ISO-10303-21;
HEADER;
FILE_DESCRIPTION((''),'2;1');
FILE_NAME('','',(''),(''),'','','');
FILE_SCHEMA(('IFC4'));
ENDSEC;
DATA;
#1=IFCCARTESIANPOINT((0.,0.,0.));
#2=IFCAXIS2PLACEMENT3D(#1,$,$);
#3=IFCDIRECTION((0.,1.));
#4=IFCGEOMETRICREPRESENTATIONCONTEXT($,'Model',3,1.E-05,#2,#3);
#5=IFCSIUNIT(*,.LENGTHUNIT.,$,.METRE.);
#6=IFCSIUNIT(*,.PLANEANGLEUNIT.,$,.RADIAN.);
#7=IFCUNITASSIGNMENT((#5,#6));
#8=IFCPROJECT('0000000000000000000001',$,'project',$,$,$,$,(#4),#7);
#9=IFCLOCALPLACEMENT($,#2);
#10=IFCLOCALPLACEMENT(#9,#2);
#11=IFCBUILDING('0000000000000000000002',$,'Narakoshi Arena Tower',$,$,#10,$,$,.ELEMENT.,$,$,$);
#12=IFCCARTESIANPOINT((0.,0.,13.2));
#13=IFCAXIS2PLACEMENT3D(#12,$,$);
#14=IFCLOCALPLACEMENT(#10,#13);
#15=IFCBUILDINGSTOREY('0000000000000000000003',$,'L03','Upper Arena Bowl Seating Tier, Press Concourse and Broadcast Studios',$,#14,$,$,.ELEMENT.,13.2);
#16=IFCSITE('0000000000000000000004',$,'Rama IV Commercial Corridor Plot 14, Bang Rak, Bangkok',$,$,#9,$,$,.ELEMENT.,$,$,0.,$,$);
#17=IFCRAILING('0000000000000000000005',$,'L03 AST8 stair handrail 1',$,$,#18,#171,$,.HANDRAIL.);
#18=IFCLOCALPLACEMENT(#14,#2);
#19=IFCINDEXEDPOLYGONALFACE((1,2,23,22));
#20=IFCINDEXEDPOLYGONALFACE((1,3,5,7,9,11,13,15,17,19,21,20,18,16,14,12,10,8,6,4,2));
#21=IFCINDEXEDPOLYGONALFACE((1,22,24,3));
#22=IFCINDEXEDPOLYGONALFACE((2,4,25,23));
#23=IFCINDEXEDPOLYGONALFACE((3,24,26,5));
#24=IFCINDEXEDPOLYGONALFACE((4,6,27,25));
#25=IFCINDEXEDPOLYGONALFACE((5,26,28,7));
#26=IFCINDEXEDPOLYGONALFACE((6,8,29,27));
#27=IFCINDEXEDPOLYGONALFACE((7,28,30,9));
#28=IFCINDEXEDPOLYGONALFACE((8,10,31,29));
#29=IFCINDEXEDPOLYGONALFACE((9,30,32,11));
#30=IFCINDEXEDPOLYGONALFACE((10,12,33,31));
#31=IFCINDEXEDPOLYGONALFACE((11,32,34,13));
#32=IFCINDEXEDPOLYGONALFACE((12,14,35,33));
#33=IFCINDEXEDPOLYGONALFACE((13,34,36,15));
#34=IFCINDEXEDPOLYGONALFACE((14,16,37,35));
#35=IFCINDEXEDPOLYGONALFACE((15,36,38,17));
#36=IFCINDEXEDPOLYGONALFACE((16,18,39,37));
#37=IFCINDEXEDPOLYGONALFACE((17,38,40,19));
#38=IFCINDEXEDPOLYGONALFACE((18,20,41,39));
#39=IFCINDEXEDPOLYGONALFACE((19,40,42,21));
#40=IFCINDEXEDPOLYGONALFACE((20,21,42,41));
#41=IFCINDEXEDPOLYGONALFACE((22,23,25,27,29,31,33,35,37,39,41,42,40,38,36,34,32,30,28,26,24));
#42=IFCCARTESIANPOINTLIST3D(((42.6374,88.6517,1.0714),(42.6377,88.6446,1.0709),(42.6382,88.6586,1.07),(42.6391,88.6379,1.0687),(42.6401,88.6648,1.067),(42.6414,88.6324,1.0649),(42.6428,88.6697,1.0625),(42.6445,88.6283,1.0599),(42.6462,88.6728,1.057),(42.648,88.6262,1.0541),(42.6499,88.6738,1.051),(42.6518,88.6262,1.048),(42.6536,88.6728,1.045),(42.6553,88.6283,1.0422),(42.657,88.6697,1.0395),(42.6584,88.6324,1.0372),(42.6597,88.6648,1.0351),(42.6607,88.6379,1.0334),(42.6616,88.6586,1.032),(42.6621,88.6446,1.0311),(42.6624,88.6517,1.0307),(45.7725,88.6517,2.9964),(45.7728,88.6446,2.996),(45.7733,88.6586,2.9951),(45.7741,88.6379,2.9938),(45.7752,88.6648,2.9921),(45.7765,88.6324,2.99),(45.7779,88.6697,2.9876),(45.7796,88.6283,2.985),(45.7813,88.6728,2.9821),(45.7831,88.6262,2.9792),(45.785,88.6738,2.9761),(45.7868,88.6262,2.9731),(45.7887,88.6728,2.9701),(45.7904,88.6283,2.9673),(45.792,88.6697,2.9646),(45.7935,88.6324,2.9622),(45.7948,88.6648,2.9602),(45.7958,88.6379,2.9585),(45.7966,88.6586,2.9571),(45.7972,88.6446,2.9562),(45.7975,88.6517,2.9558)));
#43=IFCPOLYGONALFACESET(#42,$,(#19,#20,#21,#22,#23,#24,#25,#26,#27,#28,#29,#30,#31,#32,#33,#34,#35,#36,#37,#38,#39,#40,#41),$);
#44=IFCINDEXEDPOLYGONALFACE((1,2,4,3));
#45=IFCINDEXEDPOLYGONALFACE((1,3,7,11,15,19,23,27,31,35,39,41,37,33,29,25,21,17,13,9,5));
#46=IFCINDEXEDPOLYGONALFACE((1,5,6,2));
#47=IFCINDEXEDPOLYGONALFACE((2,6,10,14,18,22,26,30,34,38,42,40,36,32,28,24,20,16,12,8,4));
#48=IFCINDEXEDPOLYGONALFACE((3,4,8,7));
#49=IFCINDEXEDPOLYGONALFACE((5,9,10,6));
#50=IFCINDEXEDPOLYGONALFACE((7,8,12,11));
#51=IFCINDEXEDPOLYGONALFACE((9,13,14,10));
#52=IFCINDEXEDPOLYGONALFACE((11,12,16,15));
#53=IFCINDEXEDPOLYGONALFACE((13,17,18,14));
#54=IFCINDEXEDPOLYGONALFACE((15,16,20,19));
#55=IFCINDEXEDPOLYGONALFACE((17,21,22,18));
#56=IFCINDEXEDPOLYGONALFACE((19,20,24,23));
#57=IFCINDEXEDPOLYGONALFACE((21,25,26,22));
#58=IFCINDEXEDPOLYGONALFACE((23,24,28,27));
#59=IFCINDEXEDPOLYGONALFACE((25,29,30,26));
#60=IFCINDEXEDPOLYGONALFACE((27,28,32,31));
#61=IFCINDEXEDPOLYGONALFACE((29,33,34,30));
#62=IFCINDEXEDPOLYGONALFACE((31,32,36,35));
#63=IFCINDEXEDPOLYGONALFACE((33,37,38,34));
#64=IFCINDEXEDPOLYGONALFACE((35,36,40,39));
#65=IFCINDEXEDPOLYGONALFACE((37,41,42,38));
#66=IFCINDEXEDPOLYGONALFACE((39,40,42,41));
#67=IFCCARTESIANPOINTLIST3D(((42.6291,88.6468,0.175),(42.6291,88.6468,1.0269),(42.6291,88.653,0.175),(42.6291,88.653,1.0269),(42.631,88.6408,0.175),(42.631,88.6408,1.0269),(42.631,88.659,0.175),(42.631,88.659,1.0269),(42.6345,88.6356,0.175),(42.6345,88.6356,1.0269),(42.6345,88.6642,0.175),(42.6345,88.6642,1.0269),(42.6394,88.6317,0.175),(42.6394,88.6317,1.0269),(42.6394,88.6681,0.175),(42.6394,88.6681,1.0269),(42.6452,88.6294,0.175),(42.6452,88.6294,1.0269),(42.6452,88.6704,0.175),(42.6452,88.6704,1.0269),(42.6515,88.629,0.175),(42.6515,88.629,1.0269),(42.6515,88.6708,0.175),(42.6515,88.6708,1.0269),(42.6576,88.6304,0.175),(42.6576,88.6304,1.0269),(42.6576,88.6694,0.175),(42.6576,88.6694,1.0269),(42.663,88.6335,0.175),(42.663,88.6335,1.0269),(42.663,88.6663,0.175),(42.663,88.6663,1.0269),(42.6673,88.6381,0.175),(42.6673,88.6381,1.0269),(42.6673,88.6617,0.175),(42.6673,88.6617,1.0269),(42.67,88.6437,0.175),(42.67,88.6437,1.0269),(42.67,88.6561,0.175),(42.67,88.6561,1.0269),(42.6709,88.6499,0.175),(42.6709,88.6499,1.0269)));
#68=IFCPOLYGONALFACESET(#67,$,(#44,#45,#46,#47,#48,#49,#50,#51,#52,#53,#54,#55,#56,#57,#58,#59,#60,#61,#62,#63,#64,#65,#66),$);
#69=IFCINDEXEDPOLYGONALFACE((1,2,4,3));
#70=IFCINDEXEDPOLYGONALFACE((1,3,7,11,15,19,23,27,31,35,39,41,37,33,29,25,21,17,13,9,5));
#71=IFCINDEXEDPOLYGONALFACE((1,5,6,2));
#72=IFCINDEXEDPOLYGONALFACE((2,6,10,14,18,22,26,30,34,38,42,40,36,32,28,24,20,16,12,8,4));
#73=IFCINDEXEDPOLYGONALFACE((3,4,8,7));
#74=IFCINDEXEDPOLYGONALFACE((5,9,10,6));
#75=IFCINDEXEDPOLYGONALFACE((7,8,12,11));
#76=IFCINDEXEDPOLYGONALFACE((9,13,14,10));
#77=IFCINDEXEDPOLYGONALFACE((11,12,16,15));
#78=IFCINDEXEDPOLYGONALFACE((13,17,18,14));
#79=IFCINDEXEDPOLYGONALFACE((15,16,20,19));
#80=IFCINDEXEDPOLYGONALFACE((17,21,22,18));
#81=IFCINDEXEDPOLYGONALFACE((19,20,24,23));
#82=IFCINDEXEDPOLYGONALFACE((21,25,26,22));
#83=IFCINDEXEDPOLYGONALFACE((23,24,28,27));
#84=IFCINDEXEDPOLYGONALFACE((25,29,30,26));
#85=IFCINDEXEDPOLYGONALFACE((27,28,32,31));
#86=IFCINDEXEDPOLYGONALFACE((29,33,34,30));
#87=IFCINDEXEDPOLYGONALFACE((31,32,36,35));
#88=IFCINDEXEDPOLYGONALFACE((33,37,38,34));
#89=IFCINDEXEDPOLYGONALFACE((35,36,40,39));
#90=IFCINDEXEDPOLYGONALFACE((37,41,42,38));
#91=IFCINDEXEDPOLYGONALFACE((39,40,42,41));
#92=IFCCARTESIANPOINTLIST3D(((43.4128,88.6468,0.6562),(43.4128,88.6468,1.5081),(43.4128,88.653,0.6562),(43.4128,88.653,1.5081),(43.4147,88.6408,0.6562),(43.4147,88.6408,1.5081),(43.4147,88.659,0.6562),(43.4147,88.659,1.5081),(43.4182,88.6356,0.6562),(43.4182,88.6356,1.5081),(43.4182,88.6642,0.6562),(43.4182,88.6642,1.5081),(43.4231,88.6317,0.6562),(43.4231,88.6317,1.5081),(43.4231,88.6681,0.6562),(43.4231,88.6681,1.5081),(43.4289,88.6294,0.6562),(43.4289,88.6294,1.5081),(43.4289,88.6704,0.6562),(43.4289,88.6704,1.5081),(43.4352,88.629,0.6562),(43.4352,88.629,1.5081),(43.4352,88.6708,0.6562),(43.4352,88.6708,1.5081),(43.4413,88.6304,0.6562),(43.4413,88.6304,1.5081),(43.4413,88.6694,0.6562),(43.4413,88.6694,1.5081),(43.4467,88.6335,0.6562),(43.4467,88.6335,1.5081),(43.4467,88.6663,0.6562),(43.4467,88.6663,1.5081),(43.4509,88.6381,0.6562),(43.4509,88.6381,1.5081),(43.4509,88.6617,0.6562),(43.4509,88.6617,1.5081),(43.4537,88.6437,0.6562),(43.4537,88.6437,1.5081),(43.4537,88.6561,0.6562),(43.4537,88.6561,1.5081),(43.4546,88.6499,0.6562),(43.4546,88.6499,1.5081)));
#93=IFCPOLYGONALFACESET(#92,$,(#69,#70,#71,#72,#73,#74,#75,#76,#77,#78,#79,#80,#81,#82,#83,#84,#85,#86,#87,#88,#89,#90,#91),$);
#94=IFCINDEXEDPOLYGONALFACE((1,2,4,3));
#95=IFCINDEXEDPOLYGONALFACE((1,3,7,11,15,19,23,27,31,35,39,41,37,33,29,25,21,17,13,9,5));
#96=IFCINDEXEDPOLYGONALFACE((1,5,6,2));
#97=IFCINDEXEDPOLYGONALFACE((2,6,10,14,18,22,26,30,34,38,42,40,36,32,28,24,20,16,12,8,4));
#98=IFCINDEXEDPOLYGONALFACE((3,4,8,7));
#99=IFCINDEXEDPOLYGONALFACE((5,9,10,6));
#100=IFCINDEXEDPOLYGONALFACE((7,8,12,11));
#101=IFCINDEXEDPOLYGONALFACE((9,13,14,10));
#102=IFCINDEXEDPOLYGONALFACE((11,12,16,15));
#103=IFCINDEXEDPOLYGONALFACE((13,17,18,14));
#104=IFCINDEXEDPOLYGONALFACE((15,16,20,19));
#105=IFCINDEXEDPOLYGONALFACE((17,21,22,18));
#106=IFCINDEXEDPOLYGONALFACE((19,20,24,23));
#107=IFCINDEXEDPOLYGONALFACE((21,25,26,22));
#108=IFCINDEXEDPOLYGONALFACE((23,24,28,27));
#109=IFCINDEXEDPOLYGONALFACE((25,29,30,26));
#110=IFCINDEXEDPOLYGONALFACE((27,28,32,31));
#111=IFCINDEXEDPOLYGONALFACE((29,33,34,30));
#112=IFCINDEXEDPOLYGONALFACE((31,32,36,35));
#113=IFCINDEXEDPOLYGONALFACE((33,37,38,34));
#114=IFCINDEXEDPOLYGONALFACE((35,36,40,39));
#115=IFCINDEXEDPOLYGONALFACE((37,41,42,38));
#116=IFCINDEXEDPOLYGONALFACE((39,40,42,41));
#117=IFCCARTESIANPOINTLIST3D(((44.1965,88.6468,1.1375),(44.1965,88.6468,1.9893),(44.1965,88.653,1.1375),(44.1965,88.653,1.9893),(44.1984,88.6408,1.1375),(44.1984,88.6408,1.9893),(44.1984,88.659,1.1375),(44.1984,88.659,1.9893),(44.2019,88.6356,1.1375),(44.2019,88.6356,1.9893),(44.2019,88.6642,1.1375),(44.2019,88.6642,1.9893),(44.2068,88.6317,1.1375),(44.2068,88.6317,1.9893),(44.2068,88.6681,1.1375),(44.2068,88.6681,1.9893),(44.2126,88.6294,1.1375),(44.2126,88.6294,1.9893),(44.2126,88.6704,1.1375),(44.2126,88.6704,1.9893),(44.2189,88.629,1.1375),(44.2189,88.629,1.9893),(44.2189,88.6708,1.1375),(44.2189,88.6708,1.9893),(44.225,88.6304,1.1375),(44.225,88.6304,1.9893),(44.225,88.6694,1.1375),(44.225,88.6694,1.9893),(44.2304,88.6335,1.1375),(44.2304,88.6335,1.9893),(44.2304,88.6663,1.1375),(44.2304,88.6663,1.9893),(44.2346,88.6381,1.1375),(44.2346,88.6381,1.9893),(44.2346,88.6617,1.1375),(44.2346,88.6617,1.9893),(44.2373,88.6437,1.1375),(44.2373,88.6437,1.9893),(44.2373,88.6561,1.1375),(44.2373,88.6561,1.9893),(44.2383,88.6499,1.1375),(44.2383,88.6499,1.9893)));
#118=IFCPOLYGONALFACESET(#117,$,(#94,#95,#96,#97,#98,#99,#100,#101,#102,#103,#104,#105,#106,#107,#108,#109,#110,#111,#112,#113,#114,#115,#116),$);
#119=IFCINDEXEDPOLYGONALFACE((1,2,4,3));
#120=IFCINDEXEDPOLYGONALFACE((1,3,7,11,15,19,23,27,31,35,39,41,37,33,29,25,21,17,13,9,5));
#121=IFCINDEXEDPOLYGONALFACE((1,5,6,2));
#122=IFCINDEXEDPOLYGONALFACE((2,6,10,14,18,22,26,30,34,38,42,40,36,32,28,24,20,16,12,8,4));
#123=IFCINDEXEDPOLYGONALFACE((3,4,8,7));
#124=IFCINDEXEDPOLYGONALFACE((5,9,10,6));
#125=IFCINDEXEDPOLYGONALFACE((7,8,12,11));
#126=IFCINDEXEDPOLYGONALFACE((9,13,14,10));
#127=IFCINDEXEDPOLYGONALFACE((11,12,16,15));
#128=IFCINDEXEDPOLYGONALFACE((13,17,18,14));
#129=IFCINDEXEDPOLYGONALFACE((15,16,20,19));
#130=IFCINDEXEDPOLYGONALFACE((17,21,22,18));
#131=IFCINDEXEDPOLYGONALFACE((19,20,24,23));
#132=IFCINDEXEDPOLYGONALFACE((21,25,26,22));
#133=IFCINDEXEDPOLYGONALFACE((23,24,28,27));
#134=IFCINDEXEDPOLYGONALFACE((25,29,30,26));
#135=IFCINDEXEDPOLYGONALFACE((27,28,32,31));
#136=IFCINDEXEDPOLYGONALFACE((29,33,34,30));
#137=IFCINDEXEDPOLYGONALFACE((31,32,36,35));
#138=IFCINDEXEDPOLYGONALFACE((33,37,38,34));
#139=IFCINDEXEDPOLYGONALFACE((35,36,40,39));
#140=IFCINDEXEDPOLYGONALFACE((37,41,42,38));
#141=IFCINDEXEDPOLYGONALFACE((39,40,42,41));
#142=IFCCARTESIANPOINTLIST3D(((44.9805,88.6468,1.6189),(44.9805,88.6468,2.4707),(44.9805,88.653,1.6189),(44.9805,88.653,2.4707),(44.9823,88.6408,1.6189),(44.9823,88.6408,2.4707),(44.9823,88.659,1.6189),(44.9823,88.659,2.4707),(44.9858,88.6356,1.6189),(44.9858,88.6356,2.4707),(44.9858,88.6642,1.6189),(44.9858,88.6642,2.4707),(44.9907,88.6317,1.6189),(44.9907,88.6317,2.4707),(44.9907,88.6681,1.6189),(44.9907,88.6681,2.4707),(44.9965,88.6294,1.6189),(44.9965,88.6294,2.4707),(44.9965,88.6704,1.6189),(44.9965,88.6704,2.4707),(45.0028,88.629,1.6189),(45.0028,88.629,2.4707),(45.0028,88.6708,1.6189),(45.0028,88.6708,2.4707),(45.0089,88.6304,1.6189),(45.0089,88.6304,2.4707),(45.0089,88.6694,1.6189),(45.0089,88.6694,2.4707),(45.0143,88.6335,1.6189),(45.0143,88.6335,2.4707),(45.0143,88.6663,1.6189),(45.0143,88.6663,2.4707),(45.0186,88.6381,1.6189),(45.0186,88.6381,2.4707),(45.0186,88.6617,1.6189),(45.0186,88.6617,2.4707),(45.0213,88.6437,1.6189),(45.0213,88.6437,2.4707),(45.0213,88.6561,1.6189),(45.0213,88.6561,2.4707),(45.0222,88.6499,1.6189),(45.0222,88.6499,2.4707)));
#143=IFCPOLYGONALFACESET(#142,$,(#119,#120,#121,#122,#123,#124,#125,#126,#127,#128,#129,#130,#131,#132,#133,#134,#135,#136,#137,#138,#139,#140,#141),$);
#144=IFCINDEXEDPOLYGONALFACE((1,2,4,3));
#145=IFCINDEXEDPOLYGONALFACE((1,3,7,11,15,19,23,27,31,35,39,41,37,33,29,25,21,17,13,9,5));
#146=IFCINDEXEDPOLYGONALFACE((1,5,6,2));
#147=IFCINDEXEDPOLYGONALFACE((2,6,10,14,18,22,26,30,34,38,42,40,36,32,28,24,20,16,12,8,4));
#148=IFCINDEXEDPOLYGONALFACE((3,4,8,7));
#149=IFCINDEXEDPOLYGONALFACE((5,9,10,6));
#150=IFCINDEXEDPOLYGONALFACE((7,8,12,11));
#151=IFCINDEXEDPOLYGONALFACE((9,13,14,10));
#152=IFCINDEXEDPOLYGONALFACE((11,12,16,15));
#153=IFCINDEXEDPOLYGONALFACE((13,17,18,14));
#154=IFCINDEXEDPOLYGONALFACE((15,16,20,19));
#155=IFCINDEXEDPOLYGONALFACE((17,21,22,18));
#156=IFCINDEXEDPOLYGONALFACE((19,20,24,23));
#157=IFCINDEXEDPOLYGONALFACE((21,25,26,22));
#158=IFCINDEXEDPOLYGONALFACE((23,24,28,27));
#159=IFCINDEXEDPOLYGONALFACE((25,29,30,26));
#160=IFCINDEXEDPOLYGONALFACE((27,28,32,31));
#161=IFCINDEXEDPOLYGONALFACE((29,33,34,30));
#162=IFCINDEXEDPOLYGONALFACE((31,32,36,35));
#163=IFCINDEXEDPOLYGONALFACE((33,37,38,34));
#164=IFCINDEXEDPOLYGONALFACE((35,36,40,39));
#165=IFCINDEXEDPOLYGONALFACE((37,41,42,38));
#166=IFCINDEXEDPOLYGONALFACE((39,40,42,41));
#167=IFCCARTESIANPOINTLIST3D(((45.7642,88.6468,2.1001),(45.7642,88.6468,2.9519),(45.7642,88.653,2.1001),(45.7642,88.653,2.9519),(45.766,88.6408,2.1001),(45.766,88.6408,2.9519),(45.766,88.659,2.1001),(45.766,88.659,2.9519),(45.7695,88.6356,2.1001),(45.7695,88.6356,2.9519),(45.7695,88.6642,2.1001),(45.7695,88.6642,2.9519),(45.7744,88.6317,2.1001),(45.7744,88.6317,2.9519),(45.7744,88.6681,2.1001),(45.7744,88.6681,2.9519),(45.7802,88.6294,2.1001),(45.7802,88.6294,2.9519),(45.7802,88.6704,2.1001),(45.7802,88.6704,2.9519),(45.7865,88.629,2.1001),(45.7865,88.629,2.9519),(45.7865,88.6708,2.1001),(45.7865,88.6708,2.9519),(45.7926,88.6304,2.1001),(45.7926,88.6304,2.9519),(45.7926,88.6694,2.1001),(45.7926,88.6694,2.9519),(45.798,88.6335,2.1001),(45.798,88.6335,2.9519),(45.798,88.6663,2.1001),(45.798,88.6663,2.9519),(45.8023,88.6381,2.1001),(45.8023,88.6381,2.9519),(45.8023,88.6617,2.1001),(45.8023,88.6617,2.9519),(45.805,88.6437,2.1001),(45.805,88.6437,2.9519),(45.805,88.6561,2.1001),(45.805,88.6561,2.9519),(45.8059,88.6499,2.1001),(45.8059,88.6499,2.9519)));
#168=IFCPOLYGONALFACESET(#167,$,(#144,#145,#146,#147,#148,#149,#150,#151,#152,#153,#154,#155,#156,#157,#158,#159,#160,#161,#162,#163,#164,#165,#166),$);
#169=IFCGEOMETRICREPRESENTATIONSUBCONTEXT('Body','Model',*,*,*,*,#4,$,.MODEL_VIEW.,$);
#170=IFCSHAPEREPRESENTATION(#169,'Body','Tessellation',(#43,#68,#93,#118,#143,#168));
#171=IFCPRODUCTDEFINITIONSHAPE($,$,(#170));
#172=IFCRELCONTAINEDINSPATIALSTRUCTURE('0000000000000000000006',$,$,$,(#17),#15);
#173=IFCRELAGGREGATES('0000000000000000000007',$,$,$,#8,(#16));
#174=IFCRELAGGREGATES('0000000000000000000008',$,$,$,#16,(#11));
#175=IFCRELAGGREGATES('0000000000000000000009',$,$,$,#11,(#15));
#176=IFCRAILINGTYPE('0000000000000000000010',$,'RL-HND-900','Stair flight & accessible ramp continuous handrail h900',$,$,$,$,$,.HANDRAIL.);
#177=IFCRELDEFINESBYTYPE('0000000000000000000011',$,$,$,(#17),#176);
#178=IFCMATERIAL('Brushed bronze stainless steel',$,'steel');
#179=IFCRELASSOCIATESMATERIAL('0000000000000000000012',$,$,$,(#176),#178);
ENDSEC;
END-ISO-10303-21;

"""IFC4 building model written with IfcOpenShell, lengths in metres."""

from ifc_helpers import new_model, si_unit, direction, frame, origin, origin_2d, place, context, subcontext, project, spatial, circle, extrude, material, type_object, element, save


model = new_model("IFC4")

# Units and contexts
model_context = context("Model", 3, precision=1e-05, world=origin(), true_north=direction((0.0, 1.0)))
body_context = subcontext(model_context, "Body", "Model", "MODEL_VIEW")
ifc_project = project(units=[si_unit("LENGTHUNIT", "METRE"), si_unit("PLANEANGLEUNIT", "RADIAN")], contexts=[model_context])

# Site, building, storey
site_placement = place(None, origin())
site = spatial("IfcSite", under=ifc_project, at=site_placement, Name="Rama IV Commercial Corridor Plot 14, Bang Rak, Bangkok", CompositionType="ELEMENT", RefElevation=0.0)
building_placement = place(site_placement, origin())
building = spatial("IfcBuilding", under=site, at=building_placement, Name="Narakoshi Arena Tower", CompositionType="ELEMENT")
storey_placement = place(building_placement, frame((0.0, 0.0, 13.2)))
storey = spatial("IfcBuildingStorey", under=building, at=storey_placement, Name="L03", Description="Upper Arena Bowl Seating Tier, Press Concourse and Broadcast Studios", CompositionType="ELEMENT", Elevation=13.2)

# Railing
ifc_material_1 = material(Name="Brushed bronze stainless steel", Category="steel")
railing_type_1 = type_object("IfcRailingType", Name="RL-HND-900", Description="Stair flight & accessible ramp continuous handrail h900", PredefinedType="HANDRAIL", material=ifc_material_1)
railing_1_placement = place(storey_placement, frame((42.6499, 88.6499, 0.175)))
element("IfcRailing", 1, at=railing_1_placement, inside=storey, type_object=railing_type_1, Name="L03 AST8 stair handrail 1", PredefinedType="HANDRAIL", context=body_context, shape_type="SweptSolid", body=[
    extrude(circle(Radius=0.0239, at=origin_2d()), frame((0.0, 0.0, 0.876), z_axis=(0.852166, 0.0, 0.523271), x_axis=(0.0, 1.0, 0.0)), (0.0, 0.0, 1.0), 3.679),
    extrude(circle(Radius=0.021, at=origin_2d()), origin(), (0.0, 0.0, 1.0), 0.8518),
    extrude(circle(Radius=0.021, at=origin_2d()), frame((0.7837, 0.0, 0.4812)), (0.0, 0.0, 1.0), 0.8518),
    extrude(circle(Radius=0.021, at=origin_2d()), frame((1.5674, 0.0, 0.9624)), (0.0, 0.0, 1.0), 0.8518),
    extrude(circle(Radius=0.021, at=origin_2d()), frame((2.3513, 0.0, 1.4438)), (0.0, 0.0, 1.0), 0.8518),
    extrude(circle(Radius=0.021, at=origin_2d()), frame((3.135, 0.0, 1.925)), (0.0, 0.0, 1.0), 0.8518),
])

save(model, "model.ifc")
